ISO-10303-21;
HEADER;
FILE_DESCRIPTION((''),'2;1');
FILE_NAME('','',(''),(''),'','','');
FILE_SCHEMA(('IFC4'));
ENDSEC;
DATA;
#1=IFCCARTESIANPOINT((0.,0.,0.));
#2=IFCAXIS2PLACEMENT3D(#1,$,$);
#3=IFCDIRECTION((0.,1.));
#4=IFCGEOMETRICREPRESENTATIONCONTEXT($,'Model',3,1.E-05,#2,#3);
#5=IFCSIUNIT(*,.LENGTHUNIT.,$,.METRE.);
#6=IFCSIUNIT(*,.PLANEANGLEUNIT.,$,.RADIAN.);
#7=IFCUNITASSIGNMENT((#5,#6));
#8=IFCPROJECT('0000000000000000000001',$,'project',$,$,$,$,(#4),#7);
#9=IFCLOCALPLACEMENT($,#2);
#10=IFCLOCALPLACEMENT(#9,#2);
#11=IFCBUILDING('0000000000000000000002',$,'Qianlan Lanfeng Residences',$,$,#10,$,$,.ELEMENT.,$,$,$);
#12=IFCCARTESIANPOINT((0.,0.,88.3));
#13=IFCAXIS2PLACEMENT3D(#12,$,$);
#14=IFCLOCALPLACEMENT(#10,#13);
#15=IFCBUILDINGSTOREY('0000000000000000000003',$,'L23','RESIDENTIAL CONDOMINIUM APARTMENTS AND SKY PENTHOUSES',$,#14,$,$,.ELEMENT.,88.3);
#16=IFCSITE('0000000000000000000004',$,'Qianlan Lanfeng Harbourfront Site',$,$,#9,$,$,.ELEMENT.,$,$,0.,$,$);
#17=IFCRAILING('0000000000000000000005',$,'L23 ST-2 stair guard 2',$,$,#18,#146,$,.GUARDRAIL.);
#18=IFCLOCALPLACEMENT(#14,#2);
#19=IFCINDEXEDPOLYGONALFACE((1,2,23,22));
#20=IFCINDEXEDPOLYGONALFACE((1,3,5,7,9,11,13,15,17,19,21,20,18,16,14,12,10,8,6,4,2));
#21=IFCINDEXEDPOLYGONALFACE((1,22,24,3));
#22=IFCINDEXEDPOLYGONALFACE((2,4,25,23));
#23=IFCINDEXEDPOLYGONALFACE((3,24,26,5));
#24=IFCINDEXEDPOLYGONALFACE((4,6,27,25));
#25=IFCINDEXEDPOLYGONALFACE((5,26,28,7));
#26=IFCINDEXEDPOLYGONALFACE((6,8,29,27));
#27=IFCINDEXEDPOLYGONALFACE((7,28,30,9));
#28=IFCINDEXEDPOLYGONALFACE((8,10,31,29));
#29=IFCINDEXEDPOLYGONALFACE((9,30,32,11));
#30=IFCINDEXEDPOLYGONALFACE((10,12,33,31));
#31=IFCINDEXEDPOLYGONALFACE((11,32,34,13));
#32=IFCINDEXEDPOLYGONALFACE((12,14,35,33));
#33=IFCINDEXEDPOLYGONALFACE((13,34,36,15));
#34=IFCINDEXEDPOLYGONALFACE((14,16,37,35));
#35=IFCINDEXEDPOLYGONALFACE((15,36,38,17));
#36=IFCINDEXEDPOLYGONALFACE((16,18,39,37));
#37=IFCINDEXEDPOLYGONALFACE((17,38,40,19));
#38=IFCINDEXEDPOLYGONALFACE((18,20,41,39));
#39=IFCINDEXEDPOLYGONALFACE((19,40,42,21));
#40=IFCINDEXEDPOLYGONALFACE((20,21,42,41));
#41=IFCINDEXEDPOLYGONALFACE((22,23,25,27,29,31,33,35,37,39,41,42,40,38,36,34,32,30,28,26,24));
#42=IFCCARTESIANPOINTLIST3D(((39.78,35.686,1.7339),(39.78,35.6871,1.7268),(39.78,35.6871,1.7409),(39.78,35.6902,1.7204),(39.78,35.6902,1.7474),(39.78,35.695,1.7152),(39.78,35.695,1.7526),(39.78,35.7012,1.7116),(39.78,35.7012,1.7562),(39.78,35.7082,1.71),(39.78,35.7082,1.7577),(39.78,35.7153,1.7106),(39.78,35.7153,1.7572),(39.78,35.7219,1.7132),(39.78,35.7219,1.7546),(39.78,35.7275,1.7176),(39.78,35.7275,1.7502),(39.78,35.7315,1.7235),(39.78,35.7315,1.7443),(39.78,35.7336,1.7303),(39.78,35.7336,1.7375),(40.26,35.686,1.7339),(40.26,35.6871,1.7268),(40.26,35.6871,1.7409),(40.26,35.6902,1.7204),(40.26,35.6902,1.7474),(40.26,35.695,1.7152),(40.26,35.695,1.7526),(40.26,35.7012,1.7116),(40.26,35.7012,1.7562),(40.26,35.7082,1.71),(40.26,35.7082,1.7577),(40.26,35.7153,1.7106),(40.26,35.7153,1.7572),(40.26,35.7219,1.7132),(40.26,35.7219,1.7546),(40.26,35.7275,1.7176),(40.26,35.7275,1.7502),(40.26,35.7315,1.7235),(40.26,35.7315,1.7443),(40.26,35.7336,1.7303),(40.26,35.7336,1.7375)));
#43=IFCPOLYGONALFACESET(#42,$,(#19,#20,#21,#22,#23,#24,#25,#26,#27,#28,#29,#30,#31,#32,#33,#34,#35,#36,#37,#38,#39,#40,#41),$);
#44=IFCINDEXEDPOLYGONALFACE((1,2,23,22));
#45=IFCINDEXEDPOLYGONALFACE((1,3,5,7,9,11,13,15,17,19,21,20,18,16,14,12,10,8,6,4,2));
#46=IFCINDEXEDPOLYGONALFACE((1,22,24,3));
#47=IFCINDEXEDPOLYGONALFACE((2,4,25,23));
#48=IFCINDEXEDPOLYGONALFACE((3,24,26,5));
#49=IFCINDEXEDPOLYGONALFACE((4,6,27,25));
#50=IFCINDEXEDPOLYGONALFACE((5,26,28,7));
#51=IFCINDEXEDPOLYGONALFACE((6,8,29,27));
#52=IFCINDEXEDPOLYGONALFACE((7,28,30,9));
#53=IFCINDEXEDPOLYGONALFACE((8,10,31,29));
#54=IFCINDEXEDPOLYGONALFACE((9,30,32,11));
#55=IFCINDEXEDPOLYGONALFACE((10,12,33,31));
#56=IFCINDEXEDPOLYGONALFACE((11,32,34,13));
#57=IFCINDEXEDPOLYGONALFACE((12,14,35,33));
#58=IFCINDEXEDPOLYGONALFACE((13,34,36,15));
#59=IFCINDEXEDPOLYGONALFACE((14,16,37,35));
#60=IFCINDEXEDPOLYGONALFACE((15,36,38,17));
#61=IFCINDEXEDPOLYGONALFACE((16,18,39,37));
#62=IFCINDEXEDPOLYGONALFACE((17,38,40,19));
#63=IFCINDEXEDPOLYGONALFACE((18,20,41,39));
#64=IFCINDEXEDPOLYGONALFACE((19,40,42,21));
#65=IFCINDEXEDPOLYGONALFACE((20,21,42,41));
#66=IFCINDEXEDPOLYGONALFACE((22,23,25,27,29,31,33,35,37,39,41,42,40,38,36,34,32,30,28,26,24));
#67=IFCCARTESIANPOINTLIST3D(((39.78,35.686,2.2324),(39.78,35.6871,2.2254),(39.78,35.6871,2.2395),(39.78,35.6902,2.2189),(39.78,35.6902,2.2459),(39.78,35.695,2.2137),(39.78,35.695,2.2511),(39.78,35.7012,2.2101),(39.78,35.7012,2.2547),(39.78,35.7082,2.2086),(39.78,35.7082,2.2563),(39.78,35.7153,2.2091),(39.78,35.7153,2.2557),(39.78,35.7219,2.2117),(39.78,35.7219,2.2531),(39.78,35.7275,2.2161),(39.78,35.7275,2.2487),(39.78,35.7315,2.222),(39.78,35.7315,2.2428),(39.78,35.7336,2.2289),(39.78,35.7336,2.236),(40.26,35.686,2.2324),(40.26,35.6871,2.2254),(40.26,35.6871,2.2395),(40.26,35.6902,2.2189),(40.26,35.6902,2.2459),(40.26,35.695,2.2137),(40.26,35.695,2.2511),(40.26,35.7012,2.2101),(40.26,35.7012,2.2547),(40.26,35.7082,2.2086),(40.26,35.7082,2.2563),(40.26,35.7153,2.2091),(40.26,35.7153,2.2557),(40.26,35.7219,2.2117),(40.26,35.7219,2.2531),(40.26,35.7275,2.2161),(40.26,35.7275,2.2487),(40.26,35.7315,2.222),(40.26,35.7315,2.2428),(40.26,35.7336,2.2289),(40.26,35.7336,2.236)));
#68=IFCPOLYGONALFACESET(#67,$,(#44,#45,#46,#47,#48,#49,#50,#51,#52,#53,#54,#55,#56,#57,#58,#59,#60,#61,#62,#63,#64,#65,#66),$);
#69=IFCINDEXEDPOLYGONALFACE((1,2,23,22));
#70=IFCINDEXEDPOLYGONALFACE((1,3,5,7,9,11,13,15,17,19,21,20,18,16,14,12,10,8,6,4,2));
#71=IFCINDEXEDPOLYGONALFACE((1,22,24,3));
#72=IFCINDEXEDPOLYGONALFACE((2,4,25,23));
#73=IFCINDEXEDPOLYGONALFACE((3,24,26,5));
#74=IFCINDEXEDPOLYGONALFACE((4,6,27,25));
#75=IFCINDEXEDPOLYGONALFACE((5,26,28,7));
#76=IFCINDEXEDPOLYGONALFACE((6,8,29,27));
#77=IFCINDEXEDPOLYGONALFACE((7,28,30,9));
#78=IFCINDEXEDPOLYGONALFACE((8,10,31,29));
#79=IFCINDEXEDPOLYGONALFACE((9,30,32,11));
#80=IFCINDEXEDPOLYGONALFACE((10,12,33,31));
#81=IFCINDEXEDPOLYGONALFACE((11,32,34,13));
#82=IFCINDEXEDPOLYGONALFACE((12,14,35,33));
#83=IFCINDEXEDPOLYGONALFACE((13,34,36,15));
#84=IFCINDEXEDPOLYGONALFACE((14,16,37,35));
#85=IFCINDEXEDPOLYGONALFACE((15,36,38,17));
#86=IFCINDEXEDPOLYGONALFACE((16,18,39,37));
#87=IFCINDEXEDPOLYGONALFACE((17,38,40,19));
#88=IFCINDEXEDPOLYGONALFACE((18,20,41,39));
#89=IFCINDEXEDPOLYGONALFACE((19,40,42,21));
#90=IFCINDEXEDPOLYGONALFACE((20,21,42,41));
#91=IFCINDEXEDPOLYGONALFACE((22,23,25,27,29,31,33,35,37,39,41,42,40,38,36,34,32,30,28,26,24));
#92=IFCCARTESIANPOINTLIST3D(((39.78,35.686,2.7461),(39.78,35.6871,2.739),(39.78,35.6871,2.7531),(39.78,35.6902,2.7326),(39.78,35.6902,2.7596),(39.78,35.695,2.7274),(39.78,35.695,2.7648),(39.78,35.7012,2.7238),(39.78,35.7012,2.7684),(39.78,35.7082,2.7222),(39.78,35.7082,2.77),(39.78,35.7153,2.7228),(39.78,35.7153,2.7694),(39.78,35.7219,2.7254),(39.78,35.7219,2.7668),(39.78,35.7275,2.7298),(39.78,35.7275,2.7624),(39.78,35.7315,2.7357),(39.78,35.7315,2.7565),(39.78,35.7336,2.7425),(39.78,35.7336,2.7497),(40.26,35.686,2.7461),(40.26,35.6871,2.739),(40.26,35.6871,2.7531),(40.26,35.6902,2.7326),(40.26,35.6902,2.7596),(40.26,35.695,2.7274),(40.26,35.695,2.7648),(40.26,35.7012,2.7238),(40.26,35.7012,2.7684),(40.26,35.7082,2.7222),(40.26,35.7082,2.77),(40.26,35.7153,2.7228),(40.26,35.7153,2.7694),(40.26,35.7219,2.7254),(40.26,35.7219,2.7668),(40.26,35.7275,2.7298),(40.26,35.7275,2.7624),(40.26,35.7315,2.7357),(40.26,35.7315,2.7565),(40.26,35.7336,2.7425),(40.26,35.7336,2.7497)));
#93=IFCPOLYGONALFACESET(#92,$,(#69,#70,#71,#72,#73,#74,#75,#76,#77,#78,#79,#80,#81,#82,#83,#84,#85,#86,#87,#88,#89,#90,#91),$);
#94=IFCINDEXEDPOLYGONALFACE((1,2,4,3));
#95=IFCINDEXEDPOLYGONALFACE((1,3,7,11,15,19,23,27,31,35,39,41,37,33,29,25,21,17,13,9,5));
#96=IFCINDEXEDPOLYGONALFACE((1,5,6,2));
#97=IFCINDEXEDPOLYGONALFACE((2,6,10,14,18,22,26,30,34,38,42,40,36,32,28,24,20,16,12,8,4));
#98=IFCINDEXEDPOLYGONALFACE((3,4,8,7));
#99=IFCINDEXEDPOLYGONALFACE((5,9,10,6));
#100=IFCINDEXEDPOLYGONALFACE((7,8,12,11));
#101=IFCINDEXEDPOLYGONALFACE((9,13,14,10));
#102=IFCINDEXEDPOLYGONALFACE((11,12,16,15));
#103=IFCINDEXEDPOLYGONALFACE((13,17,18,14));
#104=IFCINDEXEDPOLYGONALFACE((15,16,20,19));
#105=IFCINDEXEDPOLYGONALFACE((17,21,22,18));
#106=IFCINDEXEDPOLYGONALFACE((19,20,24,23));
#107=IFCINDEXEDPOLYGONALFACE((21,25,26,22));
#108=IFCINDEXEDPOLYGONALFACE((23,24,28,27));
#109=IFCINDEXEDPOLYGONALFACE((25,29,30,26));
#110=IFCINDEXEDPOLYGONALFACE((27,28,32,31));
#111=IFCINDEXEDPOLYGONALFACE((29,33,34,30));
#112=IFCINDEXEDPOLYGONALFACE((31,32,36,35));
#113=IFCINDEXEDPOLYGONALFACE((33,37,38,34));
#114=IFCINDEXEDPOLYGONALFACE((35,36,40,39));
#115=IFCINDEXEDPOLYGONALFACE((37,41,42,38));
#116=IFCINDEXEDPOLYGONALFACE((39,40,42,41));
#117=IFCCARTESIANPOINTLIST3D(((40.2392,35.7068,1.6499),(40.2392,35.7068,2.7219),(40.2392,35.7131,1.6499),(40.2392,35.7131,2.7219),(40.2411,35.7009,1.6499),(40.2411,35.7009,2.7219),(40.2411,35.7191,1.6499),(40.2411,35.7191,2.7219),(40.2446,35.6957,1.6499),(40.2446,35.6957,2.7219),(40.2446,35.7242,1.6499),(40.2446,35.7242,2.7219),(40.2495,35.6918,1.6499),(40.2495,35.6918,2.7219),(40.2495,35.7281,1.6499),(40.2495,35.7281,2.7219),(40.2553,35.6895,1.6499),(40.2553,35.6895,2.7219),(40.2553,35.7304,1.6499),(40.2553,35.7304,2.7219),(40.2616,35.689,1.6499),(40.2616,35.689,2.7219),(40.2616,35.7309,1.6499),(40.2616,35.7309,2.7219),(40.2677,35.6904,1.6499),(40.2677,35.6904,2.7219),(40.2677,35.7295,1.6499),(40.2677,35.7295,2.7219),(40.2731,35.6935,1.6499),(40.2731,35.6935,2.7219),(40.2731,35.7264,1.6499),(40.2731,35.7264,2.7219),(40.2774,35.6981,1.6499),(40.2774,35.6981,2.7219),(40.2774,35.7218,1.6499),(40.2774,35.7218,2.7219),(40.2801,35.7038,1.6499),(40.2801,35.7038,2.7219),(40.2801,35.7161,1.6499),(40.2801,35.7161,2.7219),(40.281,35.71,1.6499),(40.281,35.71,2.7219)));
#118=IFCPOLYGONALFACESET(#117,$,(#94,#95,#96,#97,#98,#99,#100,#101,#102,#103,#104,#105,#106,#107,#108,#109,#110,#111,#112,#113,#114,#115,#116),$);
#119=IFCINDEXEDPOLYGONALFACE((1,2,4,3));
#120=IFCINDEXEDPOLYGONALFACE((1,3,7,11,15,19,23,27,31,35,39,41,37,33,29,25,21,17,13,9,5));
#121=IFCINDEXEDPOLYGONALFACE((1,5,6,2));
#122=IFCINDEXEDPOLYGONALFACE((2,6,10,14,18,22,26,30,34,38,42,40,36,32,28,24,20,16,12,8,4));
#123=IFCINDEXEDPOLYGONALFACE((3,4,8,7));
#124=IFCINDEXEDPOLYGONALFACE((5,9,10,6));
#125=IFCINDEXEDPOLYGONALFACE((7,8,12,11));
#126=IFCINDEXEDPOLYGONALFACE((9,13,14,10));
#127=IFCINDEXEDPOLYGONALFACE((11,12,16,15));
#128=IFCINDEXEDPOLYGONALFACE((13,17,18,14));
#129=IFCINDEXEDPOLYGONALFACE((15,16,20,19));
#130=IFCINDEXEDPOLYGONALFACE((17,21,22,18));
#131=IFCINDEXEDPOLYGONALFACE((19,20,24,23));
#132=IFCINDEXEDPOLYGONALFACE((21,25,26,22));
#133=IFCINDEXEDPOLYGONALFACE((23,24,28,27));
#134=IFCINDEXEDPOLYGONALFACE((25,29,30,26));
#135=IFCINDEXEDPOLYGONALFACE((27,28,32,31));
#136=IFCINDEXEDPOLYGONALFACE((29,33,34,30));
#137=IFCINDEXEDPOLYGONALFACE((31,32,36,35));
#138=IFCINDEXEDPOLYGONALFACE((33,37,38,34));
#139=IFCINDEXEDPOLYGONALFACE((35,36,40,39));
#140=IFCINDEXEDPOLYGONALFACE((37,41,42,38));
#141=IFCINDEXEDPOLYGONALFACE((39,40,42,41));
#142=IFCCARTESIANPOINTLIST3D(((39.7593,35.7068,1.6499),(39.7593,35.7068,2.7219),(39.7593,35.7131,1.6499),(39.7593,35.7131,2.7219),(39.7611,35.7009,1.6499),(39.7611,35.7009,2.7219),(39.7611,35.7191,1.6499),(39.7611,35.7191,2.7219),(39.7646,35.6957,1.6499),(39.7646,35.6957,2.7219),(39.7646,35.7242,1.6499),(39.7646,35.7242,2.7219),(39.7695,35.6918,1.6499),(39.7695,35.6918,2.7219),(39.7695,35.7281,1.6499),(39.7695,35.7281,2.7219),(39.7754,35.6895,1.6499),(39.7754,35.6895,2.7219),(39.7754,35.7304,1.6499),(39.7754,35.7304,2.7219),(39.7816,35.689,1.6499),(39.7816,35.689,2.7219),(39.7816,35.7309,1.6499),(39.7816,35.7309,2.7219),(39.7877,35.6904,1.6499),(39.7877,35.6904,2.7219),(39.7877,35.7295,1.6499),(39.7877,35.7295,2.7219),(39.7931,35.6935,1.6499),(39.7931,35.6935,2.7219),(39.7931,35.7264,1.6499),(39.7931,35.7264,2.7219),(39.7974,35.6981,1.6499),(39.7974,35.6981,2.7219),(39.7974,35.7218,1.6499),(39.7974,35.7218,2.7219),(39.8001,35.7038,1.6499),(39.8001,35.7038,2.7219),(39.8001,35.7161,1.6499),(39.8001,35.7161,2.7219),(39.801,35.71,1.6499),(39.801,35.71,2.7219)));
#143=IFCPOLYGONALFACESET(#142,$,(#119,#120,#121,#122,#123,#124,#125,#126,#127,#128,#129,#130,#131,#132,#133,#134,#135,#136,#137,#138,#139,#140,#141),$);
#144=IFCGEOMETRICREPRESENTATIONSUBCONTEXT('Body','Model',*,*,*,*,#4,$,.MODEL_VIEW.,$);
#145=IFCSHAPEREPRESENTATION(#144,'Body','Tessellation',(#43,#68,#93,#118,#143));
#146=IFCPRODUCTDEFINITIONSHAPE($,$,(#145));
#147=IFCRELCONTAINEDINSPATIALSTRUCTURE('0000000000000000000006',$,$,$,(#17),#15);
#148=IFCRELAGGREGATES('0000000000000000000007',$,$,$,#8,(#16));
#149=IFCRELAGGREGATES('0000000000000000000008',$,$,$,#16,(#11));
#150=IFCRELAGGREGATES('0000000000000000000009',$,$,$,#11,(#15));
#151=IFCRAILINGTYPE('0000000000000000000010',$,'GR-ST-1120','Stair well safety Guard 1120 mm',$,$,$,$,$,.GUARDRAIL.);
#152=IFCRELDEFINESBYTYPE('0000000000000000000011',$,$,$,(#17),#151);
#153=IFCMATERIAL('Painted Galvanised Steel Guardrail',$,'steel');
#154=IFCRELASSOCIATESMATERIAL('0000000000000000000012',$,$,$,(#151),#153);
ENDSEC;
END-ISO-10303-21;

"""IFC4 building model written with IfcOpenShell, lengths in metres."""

from ifc_helpers import new_model, si_unit, direction, frame, origin, origin_2d, place, context, subcontext, project, spatial, circle, extrude, material, type_object, element, save


model = new_model("IFC4")

# Units and contexts
model_context = context("Model", 3, precision=1e-05, world=origin(), true_north=direction((0.0, 1.0)))
body_context = subcontext(model_context, "Body", "Model", "MODEL_VIEW")
ifc_project = project(units=[si_unit("LENGTHUNIT", "METRE"), si_unit("PLANEANGLEUNIT", "RADIAN")], contexts=[model_context])

# Site, building, storey
site_placement = place(None, origin())
site = spatial("IfcSite", under=ifc_project, at=site_placement, Name="Qianlan Lanfeng Harbourfront Site", CompositionType="ELEMENT", RefElevation=0.0)
building_placement = place(site_placement, origin())
building = spatial("IfcBuilding", under=site, at=building_placement, Name="Qianlan Lanfeng Residences", CompositionType="ELEMENT")
storey_placement = place(building_placement, frame((0.0, 0.0, 88.3)))
storey = spatial("IfcBuildingStorey", under=building, at=storey_placement, Name="L23", Description="RESIDENTIAL CONDOMINIUM APARTMENTS AND SKY PENTHOUSES", CompositionType="ELEMENT", Elevation=88.3)

# Railing
ifc_material_1 = material(Name="Painted Galvanised Steel Guardrail", Category="steel")
railing_type_1 = type_object("IfcRailingType", Name="GR-ST-1120", Description="Stair well safety Guard 1120 mm", PredefinedType="GUARDRAIL", material=ifc_material_1)
railing_1_placement = place(storey_placement, frame((40.26, 35.71, 1.6499)))
element("IfcRailing", 1, at=railing_1_placement, inside=storey, type_object=railing_type_1, Name="L23 ST-2 stair guard 2", PredefinedType="GUARDRAIL", context=body_context, shape_type="SweptSolid", body=[
    extrude(circle(Radius=0.0239, at=origin_2d()), frame((0.0, 0.0, 0.084), z_axis=(-1.0, 0.0, 0.0), x_axis=(0.0, -1.0, 0.0)), (0.0, 0.0, 1.0), 0.48),
    extrude(circle(Radius=0.0239, at=origin_2d()), frame((0.0, 0.0, 0.5825), z_axis=(-1.0, 0.0, 0.0), x_axis=(0.0, -1.0, 0.0)), (0.0, 0.0, 1.0), 0.48),
    extrude(circle(Radius=0.0239, at=origin_2d()), frame((0.0, 0.0, 1.0962), z_axis=(-1.0, 0.0, 0.0), x_axis=(0.0, -1.0, 0.0)), (0.0, 0.0, 1.0), 0.48),
    extrude(circle(Radius=0.021, at=origin_2d()), origin(), (0.0, 0.0, 1.0), 1.072),
    extrude(circle(Radius=0.021, at=origin_2d()), frame((-0.48, 0.0, 0.0)), (0.0, 0.0, 1.0), 1.072),
])

save(model, "model.ifc")
